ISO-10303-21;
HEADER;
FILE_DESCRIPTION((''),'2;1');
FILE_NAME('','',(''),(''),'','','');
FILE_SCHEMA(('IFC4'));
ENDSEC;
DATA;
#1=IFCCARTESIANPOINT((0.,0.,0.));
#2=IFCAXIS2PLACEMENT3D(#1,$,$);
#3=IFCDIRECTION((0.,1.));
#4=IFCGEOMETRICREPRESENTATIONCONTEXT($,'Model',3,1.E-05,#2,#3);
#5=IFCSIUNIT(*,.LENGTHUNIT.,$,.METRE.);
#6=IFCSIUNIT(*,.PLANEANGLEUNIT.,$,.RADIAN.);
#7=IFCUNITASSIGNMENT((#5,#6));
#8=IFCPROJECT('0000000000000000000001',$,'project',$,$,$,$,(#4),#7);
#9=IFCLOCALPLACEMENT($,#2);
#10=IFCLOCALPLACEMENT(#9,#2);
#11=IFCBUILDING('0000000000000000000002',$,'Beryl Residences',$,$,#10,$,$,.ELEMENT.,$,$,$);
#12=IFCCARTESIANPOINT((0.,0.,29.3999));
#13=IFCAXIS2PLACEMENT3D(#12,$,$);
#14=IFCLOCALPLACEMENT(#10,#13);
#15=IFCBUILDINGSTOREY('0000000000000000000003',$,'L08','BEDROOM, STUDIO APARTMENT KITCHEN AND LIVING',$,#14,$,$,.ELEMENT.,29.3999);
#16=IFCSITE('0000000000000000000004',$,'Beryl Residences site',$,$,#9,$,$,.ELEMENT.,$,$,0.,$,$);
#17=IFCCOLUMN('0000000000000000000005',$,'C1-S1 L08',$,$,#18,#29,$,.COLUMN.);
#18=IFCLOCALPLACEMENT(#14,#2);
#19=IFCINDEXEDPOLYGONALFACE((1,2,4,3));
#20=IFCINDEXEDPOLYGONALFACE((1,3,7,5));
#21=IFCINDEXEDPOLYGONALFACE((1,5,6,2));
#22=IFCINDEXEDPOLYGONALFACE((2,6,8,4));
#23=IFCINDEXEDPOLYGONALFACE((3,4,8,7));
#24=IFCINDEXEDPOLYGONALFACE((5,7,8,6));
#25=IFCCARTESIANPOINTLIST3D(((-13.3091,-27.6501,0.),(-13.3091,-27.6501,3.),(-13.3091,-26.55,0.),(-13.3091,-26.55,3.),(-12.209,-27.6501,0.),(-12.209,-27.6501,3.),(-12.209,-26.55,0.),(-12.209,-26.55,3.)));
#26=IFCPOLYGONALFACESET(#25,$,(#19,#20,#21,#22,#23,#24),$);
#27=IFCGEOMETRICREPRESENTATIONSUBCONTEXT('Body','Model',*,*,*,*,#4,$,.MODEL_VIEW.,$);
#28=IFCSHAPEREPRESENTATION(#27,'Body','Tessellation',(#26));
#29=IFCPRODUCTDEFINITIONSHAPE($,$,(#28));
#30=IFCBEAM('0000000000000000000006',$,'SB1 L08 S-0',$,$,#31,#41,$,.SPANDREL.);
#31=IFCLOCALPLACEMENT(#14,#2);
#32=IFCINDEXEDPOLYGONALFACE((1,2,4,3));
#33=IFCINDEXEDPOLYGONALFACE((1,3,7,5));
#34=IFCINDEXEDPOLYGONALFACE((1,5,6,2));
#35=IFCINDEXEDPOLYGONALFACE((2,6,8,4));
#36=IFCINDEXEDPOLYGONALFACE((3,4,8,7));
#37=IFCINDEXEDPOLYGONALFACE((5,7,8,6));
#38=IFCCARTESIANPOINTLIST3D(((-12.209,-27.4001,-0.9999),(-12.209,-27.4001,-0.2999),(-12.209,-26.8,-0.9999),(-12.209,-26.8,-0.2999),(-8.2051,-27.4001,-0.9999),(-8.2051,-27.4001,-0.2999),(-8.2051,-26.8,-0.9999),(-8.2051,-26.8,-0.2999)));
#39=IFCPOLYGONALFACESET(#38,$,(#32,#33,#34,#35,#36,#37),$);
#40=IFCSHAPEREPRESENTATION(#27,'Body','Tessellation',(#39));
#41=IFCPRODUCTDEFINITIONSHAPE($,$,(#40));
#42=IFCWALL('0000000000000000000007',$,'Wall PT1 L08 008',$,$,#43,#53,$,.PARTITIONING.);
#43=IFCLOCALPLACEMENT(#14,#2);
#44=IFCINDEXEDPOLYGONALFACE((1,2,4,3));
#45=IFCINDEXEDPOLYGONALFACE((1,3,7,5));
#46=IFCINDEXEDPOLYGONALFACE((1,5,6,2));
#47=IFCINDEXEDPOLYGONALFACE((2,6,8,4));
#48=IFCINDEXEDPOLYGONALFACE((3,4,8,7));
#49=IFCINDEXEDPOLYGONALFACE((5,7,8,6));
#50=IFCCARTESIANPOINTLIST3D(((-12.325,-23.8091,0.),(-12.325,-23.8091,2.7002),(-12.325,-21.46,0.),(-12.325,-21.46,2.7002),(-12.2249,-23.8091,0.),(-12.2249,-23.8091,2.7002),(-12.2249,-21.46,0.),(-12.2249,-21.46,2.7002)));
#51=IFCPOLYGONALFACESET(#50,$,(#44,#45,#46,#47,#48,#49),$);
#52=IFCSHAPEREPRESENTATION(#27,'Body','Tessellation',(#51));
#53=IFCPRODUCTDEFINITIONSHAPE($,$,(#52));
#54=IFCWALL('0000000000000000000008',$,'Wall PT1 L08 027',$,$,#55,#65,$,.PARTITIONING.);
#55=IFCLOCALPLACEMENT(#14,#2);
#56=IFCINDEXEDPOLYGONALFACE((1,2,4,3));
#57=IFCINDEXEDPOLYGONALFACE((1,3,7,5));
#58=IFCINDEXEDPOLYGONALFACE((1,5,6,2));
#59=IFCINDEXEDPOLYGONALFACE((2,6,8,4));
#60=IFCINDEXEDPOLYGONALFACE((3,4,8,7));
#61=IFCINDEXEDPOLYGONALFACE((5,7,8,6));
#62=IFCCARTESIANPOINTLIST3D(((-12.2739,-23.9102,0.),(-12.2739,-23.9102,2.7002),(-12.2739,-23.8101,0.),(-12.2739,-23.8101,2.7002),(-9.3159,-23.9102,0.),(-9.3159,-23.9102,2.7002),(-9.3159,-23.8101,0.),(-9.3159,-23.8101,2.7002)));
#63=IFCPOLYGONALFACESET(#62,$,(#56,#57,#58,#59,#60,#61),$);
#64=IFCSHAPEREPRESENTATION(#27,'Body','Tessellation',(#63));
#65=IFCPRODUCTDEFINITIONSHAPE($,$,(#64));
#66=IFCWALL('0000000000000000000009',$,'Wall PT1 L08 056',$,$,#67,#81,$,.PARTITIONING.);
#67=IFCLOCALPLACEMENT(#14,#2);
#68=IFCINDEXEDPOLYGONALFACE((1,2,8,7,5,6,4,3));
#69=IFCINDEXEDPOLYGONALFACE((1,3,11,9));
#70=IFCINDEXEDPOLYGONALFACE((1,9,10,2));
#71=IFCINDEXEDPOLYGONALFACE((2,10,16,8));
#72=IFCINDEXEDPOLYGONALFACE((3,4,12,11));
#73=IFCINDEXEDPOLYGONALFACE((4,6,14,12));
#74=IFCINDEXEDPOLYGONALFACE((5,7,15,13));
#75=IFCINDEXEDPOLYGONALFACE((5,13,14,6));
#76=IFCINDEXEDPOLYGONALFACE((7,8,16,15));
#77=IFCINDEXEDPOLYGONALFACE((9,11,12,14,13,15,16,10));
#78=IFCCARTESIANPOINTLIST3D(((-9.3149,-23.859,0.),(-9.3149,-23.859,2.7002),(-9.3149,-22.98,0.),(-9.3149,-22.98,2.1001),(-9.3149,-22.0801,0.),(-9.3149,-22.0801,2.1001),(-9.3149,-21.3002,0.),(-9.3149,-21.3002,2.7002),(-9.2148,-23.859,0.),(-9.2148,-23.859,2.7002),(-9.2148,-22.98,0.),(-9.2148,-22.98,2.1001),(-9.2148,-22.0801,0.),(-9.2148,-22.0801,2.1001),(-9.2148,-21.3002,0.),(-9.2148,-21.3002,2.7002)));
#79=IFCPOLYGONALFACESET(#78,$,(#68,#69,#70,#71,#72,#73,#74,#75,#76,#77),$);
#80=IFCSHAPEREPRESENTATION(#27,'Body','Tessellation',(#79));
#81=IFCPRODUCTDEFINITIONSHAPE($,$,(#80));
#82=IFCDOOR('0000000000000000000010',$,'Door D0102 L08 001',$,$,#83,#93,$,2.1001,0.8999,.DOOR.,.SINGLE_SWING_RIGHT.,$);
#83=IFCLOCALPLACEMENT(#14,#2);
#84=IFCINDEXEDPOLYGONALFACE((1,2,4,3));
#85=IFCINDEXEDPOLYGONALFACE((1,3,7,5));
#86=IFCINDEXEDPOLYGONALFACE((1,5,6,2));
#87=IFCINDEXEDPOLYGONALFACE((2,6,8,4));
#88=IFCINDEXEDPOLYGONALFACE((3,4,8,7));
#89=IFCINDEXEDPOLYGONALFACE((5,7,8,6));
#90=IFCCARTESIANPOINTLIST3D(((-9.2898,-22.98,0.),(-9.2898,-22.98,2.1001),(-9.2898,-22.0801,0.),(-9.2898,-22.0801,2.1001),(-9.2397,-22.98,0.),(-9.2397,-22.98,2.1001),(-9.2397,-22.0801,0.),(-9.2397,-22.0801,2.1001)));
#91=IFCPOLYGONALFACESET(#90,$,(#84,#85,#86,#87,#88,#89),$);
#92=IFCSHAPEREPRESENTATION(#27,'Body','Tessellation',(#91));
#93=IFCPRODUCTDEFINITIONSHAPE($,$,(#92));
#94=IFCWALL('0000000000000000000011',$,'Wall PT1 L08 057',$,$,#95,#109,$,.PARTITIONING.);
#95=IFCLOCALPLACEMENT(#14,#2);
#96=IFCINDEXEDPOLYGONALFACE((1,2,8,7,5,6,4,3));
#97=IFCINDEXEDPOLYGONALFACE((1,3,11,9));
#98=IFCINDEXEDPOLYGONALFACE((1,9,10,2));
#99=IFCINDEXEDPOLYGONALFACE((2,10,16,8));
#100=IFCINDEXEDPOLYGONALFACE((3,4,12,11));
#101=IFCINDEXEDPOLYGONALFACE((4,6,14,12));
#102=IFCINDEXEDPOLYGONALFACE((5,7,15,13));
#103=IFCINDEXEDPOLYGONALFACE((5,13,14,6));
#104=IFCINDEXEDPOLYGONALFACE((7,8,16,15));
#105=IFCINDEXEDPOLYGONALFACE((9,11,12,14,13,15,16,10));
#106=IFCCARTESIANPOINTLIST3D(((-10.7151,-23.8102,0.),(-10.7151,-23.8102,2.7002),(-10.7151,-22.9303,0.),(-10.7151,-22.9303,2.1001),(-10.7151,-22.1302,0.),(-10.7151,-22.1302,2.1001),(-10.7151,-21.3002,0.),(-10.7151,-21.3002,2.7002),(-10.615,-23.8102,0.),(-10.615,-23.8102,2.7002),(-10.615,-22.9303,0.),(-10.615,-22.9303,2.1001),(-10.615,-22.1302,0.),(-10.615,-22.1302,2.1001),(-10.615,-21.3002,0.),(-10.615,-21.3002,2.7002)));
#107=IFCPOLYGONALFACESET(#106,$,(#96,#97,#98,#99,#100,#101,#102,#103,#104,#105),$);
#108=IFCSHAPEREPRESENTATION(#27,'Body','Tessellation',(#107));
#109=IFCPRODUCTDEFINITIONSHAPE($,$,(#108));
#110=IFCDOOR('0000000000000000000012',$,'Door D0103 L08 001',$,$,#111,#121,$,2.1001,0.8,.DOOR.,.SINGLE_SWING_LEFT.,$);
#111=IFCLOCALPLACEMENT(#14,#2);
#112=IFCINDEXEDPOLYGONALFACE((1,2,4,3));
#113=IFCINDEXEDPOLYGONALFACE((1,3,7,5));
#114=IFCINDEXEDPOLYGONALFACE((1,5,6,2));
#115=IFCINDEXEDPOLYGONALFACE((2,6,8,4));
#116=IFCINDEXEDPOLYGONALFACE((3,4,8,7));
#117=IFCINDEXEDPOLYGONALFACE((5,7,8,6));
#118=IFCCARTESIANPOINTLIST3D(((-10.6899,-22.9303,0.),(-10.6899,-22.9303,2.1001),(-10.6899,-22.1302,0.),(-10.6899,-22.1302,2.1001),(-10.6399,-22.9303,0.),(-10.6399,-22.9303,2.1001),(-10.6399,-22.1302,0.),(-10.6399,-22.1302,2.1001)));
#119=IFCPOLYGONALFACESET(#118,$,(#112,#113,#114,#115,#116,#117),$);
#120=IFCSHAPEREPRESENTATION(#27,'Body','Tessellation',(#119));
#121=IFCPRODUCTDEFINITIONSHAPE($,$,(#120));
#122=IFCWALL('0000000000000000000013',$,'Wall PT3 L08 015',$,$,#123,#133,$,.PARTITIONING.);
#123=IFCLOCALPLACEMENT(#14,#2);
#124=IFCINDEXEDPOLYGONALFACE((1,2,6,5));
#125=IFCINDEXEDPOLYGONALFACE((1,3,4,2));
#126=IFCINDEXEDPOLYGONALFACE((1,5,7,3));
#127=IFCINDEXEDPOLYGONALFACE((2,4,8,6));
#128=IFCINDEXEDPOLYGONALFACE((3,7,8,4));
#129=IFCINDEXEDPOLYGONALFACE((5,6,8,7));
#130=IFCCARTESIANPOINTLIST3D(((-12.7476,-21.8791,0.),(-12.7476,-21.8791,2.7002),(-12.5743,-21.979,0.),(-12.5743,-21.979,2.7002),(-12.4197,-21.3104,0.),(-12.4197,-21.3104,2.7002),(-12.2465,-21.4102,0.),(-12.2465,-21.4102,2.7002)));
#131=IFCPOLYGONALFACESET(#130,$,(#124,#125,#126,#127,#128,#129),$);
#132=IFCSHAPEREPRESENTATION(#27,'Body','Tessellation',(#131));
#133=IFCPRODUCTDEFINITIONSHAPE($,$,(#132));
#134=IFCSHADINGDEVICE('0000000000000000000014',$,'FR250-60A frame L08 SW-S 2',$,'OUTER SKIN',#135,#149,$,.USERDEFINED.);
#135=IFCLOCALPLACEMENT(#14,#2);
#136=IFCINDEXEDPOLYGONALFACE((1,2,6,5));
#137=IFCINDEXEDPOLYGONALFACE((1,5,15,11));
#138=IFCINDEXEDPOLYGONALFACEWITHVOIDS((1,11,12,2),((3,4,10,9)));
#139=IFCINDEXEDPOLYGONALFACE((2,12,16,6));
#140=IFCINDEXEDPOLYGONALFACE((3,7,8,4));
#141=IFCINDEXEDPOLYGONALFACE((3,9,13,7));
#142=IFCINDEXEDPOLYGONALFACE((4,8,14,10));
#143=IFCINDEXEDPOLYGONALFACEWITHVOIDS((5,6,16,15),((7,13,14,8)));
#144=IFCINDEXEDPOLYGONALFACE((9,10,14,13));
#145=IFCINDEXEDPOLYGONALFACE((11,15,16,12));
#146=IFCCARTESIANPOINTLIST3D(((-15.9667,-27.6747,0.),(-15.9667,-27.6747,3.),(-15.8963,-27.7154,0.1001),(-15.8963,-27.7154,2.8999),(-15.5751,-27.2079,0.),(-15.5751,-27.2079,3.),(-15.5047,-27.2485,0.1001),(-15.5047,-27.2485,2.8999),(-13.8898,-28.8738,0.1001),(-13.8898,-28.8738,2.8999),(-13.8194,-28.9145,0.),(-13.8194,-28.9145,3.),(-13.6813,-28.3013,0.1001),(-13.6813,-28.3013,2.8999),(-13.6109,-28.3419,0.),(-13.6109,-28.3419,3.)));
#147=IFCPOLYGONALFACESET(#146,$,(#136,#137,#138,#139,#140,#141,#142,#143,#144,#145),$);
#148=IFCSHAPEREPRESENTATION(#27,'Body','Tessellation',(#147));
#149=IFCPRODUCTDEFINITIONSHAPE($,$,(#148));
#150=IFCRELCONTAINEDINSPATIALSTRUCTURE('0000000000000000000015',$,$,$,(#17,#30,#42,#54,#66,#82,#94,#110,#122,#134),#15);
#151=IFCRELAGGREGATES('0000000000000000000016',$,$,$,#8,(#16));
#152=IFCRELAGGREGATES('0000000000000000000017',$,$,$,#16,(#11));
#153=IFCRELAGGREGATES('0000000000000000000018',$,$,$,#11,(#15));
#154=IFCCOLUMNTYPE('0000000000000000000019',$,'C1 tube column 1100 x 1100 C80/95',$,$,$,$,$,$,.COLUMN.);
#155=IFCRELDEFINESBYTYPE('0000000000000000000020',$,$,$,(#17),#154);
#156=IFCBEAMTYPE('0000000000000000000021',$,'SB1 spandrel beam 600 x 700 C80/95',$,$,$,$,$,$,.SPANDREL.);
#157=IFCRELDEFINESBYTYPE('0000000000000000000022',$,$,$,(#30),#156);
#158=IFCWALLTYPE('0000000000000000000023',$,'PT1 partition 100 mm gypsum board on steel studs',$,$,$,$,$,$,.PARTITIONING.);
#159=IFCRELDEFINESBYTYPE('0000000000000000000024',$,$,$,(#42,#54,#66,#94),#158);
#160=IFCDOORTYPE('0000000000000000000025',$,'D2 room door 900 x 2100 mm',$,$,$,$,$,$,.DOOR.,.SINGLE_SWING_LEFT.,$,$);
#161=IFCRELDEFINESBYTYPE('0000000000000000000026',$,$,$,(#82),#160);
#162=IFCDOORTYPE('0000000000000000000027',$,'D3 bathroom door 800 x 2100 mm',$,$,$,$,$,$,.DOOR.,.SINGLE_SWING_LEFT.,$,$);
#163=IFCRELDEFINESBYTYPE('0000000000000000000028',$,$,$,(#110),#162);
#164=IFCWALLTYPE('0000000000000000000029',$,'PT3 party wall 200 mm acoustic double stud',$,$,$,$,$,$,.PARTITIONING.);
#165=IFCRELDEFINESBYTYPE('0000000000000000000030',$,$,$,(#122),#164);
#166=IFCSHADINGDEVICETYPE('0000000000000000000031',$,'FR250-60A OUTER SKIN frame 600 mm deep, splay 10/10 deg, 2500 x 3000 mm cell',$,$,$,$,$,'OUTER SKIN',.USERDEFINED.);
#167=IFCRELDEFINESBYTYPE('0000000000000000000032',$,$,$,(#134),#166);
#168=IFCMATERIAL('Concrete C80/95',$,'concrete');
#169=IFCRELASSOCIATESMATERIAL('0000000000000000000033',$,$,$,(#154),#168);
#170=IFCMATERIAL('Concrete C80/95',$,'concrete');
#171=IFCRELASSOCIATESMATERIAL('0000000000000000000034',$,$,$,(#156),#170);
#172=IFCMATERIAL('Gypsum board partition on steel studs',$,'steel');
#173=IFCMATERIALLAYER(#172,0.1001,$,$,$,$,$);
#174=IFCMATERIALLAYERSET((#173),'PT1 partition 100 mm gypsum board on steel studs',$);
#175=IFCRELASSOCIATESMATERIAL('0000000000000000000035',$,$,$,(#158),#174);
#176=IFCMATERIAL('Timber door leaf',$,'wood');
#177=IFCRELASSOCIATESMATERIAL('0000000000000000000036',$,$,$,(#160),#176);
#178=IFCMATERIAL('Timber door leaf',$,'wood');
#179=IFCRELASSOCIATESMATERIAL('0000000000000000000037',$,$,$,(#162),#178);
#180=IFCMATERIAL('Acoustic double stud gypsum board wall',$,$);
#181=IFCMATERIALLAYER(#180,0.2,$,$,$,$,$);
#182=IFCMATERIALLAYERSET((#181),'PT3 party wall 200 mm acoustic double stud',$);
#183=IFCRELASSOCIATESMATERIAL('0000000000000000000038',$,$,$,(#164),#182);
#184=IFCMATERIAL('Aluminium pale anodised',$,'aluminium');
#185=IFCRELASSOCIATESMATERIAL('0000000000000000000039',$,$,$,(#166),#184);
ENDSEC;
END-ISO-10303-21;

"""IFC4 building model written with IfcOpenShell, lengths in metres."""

from ifc_helpers import new_model, entity, si_unit, direction, frame, frame_2d, origin, origin_2d, place, context, subcontext, project, spatial, rectangle, extrude, source, transform, mapped, material, layer, layer_set, material_profile, profile_set, type_object, type_shapes, element, fill, save


model = new_model("IFC4")

# Units and contexts
model_context = context("Model", 3, precision=1e-05, world=origin(), true_north=direction((0.0, 1.0)))
body_context = subcontext(model_context, "Body", "Model", "MODEL_VIEW")
ifc_project = project(units=[si_unit("LENGTHUNIT", "METRE"), si_unit("PLANEANGLEUNIT", "RADIAN")], contexts=[model_context])

# Site, building, storey
site_placement = place(None, origin())
site = spatial("IfcSite", under=ifc_project, at=site_placement, Name="Beryl Residences site", CompositionType="ELEMENT", RefElevation=0.0)
building_placement = place(site_placement, origin())
building = spatial("IfcBuilding", under=site, at=building_placement, Name="Beryl Residences", CompositionType="ELEMENT")
storey_placement = place(building_placement, frame((0.0, 0.0, 29.3999)))
storey = spatial("IfcBuildingStorey", under=building, at=storey_placement, Name="L08", Description="BEDROOM, STUDIO APARTMENT KITCHEN AND LIVING", CompositionType="ELEMENT", Elevation=29.3999)

# Column
ifc_material_1 = material(Name="Concrete C80/95", Category="concrete")
ifc_material_profile_1 = material_profile(ifc_material_1, rectangle(XDim=1.1001, YDim=1.1001, at=origin_2d()))
ifc_profile_set_1 = profile_set([ifc_material_profile_1], Name="Concrete C80/95")
column_type = type_object("IfcColumnType", Name="C1 tube column 1100 x 1100 C80/95", PredefinedType="COLUMN", material=ifc_profile_set_1)
column_placement = place(storey_placement, frame((-12.759, -27.1001, 0.0), z_axis=(0.0, 0.0, 1.0), x_axis=(1.0, 0.0, 0.0)))
element("IfcColumn", 1, at=column_placement, inside=storey, type_object=column_type, Name="C1-S1 L08", PredefinedType="COLUMN", context=body_context, shape_type="SweptSolid", body=[
    extrude(rectangle(XDim=1.1001, YDim=1.1001, at=origin_2d()), origin(), (0.0, 0.0, 1.0), 3.0),
])

# Beam
ifc_material_2 = material(Name="Concrete C80/95", Category="concrete")
ifc_material_profile_2 = material_profile(ifc_material_2, rectangle(XDim=0.6001, YDim=0.7, at=origin_2d()))
ifc_profile_set_2 = profile_set([ifc_material_profile_2], Name="Concrete C80/95")
beam_type = type_object("IfcBeamType", Name="SB1 spandrel beam 600 x 700 C80/95", PredefinedType="SPANDREL", material=ifc_profile_set_2)
beam_placement = place(storey_placement, frame((-12.209, -27.1001, -0.6499), z_axis=(1.0, 0.0, 0.0), x_axis=(0.0, 1.0, 0.0)))
element("IfcBeam", 2, at=beam_placement, inside=storey, type_object=beam_type, Name="SB1 L08 S-0", PredefinedType="SPANDREL", context=body_context, shape_type="SweptSolid", body=[
    extrude(rectangle(XDim=0.6001, YDim=0.7, at=origin_2d()), origin(), (0.0, 0.0, 1.0), 4.0039),
])

# Walls
ifc_material_3 = material(Name="Gypsum board partition on steel studs", Category="steel")
ifc_layer_1 = layer(ifc_material_3, 0.1001)
ifc_layer_set_1 = layer_set([ifc_layer_1], Name="PT1 partition 100 mm gypsum board on steel studs")
wall_type_1 = type_object("IfcWallType", Name="PT1 partition 100 mm gypsum board on steel studs", PredefinedType="PARTITIONING", material=ifc_layer_set_1)
wall_1_placement = place(storey_placement, frame((-12.2749, -21.46, 0.0), z_axis=(0.0, 0.0, 1.0), x_axis=(0.0, -1.0, 0.0)))
element("IfcWall", 3, at=wall_1_placement, inside=storey, type_object=wall_type_1, Name="Wall PT1 L08 008", PredefinedType="PARTITIONING", context=body_context, shape_type="SweptSolid", body=[
    extrude(rectangle(XDim=2.3491, YDim=0.1001, at=frame_2d((1.1746, 0.0))), origin(), (0.0, 0.0, 1.0), 2.7002),
])
wall_2_placement = place(storey_placement, frame((-12.2739, -23.8601, 0.0), z_axis=(0.0, 0.0, 1.0), x_axis=(1.0, 0.0, 0.0)))
element("IfcWall", 4, at=wall_2_placement, inside=storey, type_object=wall_type_1, Name="Wall PT1 L08 027", PredefinedType="PARTITIONING", context=body_context, shape_type="SweptSolid", body=[
    extrude(rectangle(XDim=2.958, YDim=0.1001, at=frame_2d((1.479, 0.0))), origin(), (0.0, 0.0, 1.0), 2.7002),
])

# Walls, openings, doors
wall_3_placement = place(storey_placement, frame((-9.2649, -23.8589, 0.0), z_axis=(0.0, 0.0, 1.0), x_axis=(0.0, 1.0, 0.0)))
wall_3 = element("IfcWall", 5, at=wall_3_placement, inside=storey, type_object=wall_type_1, Name="Wall PT1 L08 056", PredefinedType="PARTITIONING", context=body_context, shape_type="SweptSolid", body=[
    extrude(rectangle(XDim=2.5588, YDim=0.1001, at=frame_2d((1.2793, 0.0))), origin(), (0.0, 0.0, 1.0), 2.7002),
])
opening_1_placement = place(wall_3_placement, frame((0.8789, 0.0, 0.0)))
opening_1 = element("IfcOpeningElement", 6, at=opening_1_placement, cuts=wall_3, PredefinedType="OPENING", context=body_context, shape_type="SweptSolid", body=[
    extrude(rectangle(XDim=0.8999, YDim=2.1001, at=frame_2d((0.45, 1.05))), frame((0.0, 0.0601, 0.0), z_axis=(0.0, -1.0, 0.0), x_axis=(1.0, 0.0, 0.0)), (0.0, 0.0, 1.0), 0.1201),
])
ifc_material_4 = material(Name="Timber door leaf", Category="wood")
door_type_1 = type_object("IfcDoorType", Name="D2 room door 900 x 2100 mm", OperationType="SINGLE_SWING_LEFT", PredefinedType="DOOR", material=ifc_material_4)
door_1_placement = place(opening_1_placement, origin())
door_1 = element("IfcDoor", 7, at=door_1_placement, inside=storey, type_object=door_type_1, Name="Door D0102 L08 001", OperationType="SINGLE_SWING_RIGHT", OverallHeight=2.1001, OverallWidth=0.8999, PredefinedType="DOOR", context=body_context, shape_type="SweptSolid", body=[
    extrude(rectangle(XDim=0.8999, YDim=2.1001, at=frame_2d((0.45, 1.05))), frame((0.0, 0.0249, 0.0), z_axis=(0.0, -1.0, 0.0), x_axis=(1.0, 0.0, 0.0)), (0.0, 0.0, 1.0), 0.05),
])
fill(opening_1, door_1)
wall_4_placement = place(storey_placement, frame((-10.665, -23.8101, 0.0), z_axis=(0.0, 0.0, 1.0), x_axis=(0.0, 1.0, 0.0)))
wall_4 = element("IfcWall", 8, at=wall_4_placement, inside=storey, type_object=wall_type_1, Name="Wall PT1 L08 057", PredefinedType="PARTITIONING", context=body_context, shape_type="SweptSolid", body=[
    extrude(rectangle(XDim=2.51, YDim=0.1001, at=frame_2d((1.2549, 0.0))), origin(), (0.0, 0.0, 1.0), 2.7002),
])
opening_2_placement = place(wall_4_placement, frame((0.8799, 0.0, 0.0)))
opening_2 = element("IfcOpeningElement", 9, at=opening_2_placement, cuts=wall_4, PredefinedType="OPENING", context=body_context, shape_type="SweptSolid", body=[
    extrude(rectangle(XDim=0.8, YDim=2.1001, at=frame_2d((0.3999, 1.05))), frame((0.0, 0.0601, 0.0), z_axis=(0.0, -1.0, 0.0), x_axis=(1.0, 0.0, 0.0)), (0.0, 0.0, 1.0), 0.1201),
])
ifc_material_5 = material(Name="Timber door leaf", Category="wood")
door_type_2 = type_object("IfcDoorType", Name="D3 bathroom door 800 x 2100 mm", OperationType="SINGLE_SWING_LEFT", PredefinedType="DOOR", material=ifc_material_5)
door_2_placement = place(opening_2_placement, origin())
door_2 = element("IfcDoor", 10, at=door_2_placement, inside=storey, type_object=door_type_2, Name="Door D0103 L08 001", OperationType="SINGLE_SWING_LEFT", OverallHeight=2.1001, OverallWidth=0.8, PredefinedType="DOOR", context=body_context, shape_type="SweptSolid", body=[
    extrude(rectangle(XDim=0.8, YDim=2.1001, at=frame_2d((0.3999, 1.05))), frame((0.0, 0.0249, 0.0), z_axis=(0.0, -1.0, 0.0), x_axis=(1.0, 0.0, 0.0)), (0.0, 0.0, 1.0), 0.05),
])
fill(opening_2, door_2)

# Wall
ifc_material_6 = material(Name="Acoustic double stud gypsum board wall")
ifc_layer_2 = layer(ifc_material_6, 0.2)
ifc_layer_set_2 = layer_set([ifc_layer_2], Name="PT3 party wall 200 mm acoustic double stud")
wall_type_2 = type_object("IfcWallType", Name="PT3 party wall 200 mm acoustic double stud", PredefinedType="PARTITIONING", material=ifc_layer_set_2)
wall_5_placement = place(storey_placement, frame((-12.6609, -21.929, 0.0), z_axis=(0.0, 0.0, 1.0), x_axis=(0.499379, 0.866384, 0.0)))
element("IfcWall", 11, at=wall_5_placement, inside=storey, type_object=wall_type_2, Name="Wall PT3 L08 015", PredefinedType="PARTITIONING", context=body_context, shape_type="SweptSolid", body=[
    extrude(rectangle(XDim=0.6565, YDim=0.2, at=frame_2d((0.3281, 0.0))), origin(), (0.0, 0.0, 1.0), 2.7002),
])

# Shading device
ifc_material_7 = material(Name="Aluminium pale anodised", Category="aluminium")
shading_device_type_1 = type_object("IfcShadingDeviceType", Name="FR250-60A OUTER SKIN frame 600 mm deep, splay 10/10 deg, 2500 x 3000 mm cell", ElementType="OUTER SKIN", PredefinedType="USERDEFINED", material=ifc_material_7)
cartesian_point_1 = entity("IfcCartesianPoint", [-1.134, 0.0])
cartesian_point_2 = entity("IfcCartesianPoint", [-1.0527, 0.1001])
cartesian_point_3 = entity("IfcCartesianPoint", [-1.2397, 0.0])
cartesian_point_4 = entity("IfcCartesianPoint", [-1.1584, 0.1001])
shared_shape_1 = source(origin(), body_context, "Body", "SweptSolid", [
    entity("IfcExtrudedAreaSolidTapered", entity("IfcArbitraryProfileDefWithVoids", "AREA", None, entity("IfcPolyline", [cartesian_point_1, entity("IfcCartesianPoint", [1.134, 0.0]), entity("IfcCartesianPoint", [1.134, 3.0]), entity("IfcCartesianPoint", [-1.134, 3.0]), cartesian_point_1]), [entity("IfcPolyline", [cartesian_point_2, entity("IfcCartesianPoint", [1.0527, 0.1001]), entity("IfcCartesianPoint", [1.0527, 2.8999]), entity("IfcCartesianPoint", [-1.0527, 2.8999]), cartesian_point_2])]), entity("IfcAxis2Placement3D", entity("IfcCartesianPoint", [0.0, 0.0, 0.0]), entity("IfcDirection", [0.0, 1.0, 0.0]), entity("IfcDirection", [-1.0, 0.0, 0.0])), entity("IfcDirection", [0.0, 0.0, 1.0]), 0.6001, entity("IfcArbitraryProfileDefWithVoids", "AREA", None, entity("IfcPolyline", [cartesian_point_3, entity("IfcCartesianPoint", [1.2397, 0.0]), entity("IfcCartesianPoint", [1.2397, 3.0]), entity("IfcCartesianPoint", [-1.2397, 3.0]), cartesian_point_3]), [entity("IfcPolyline", [cartesian_point_4, entity("IfcCartesianPoint", [1.1584, 0.1001]), entity("IfcCartesianPoint", [1.1584, 2.8999]), entity("IfcCartesianPoint", [-1.1584, 2.8999]), cartesian_point_4])])),
])
type_shapes(shading_device_type_1, [shared_shape_1])
shading_device_placement = place(storey_placement, frame((-14.593, -27.7749, 0.0), z_axis=(0.0, 0.0, 1.0), x_axis=(-0.866025, 0.5, 0.0)))
element("IfcShadingDevice", 12, at=shading_device_placement, inside=storey, type_object=shading_device_type_1, Name="FR250-60A frame L08 SW-S 2", ObjectType="OUTER SKIN", PredefinedType="USERDEFINED", context=body_context, shape_type="MappedRepresentation", body=[
    mapped(shared_shape_1, transform((0.0, 0.0, 0.0))),
])

save(model, "model.ifc")
